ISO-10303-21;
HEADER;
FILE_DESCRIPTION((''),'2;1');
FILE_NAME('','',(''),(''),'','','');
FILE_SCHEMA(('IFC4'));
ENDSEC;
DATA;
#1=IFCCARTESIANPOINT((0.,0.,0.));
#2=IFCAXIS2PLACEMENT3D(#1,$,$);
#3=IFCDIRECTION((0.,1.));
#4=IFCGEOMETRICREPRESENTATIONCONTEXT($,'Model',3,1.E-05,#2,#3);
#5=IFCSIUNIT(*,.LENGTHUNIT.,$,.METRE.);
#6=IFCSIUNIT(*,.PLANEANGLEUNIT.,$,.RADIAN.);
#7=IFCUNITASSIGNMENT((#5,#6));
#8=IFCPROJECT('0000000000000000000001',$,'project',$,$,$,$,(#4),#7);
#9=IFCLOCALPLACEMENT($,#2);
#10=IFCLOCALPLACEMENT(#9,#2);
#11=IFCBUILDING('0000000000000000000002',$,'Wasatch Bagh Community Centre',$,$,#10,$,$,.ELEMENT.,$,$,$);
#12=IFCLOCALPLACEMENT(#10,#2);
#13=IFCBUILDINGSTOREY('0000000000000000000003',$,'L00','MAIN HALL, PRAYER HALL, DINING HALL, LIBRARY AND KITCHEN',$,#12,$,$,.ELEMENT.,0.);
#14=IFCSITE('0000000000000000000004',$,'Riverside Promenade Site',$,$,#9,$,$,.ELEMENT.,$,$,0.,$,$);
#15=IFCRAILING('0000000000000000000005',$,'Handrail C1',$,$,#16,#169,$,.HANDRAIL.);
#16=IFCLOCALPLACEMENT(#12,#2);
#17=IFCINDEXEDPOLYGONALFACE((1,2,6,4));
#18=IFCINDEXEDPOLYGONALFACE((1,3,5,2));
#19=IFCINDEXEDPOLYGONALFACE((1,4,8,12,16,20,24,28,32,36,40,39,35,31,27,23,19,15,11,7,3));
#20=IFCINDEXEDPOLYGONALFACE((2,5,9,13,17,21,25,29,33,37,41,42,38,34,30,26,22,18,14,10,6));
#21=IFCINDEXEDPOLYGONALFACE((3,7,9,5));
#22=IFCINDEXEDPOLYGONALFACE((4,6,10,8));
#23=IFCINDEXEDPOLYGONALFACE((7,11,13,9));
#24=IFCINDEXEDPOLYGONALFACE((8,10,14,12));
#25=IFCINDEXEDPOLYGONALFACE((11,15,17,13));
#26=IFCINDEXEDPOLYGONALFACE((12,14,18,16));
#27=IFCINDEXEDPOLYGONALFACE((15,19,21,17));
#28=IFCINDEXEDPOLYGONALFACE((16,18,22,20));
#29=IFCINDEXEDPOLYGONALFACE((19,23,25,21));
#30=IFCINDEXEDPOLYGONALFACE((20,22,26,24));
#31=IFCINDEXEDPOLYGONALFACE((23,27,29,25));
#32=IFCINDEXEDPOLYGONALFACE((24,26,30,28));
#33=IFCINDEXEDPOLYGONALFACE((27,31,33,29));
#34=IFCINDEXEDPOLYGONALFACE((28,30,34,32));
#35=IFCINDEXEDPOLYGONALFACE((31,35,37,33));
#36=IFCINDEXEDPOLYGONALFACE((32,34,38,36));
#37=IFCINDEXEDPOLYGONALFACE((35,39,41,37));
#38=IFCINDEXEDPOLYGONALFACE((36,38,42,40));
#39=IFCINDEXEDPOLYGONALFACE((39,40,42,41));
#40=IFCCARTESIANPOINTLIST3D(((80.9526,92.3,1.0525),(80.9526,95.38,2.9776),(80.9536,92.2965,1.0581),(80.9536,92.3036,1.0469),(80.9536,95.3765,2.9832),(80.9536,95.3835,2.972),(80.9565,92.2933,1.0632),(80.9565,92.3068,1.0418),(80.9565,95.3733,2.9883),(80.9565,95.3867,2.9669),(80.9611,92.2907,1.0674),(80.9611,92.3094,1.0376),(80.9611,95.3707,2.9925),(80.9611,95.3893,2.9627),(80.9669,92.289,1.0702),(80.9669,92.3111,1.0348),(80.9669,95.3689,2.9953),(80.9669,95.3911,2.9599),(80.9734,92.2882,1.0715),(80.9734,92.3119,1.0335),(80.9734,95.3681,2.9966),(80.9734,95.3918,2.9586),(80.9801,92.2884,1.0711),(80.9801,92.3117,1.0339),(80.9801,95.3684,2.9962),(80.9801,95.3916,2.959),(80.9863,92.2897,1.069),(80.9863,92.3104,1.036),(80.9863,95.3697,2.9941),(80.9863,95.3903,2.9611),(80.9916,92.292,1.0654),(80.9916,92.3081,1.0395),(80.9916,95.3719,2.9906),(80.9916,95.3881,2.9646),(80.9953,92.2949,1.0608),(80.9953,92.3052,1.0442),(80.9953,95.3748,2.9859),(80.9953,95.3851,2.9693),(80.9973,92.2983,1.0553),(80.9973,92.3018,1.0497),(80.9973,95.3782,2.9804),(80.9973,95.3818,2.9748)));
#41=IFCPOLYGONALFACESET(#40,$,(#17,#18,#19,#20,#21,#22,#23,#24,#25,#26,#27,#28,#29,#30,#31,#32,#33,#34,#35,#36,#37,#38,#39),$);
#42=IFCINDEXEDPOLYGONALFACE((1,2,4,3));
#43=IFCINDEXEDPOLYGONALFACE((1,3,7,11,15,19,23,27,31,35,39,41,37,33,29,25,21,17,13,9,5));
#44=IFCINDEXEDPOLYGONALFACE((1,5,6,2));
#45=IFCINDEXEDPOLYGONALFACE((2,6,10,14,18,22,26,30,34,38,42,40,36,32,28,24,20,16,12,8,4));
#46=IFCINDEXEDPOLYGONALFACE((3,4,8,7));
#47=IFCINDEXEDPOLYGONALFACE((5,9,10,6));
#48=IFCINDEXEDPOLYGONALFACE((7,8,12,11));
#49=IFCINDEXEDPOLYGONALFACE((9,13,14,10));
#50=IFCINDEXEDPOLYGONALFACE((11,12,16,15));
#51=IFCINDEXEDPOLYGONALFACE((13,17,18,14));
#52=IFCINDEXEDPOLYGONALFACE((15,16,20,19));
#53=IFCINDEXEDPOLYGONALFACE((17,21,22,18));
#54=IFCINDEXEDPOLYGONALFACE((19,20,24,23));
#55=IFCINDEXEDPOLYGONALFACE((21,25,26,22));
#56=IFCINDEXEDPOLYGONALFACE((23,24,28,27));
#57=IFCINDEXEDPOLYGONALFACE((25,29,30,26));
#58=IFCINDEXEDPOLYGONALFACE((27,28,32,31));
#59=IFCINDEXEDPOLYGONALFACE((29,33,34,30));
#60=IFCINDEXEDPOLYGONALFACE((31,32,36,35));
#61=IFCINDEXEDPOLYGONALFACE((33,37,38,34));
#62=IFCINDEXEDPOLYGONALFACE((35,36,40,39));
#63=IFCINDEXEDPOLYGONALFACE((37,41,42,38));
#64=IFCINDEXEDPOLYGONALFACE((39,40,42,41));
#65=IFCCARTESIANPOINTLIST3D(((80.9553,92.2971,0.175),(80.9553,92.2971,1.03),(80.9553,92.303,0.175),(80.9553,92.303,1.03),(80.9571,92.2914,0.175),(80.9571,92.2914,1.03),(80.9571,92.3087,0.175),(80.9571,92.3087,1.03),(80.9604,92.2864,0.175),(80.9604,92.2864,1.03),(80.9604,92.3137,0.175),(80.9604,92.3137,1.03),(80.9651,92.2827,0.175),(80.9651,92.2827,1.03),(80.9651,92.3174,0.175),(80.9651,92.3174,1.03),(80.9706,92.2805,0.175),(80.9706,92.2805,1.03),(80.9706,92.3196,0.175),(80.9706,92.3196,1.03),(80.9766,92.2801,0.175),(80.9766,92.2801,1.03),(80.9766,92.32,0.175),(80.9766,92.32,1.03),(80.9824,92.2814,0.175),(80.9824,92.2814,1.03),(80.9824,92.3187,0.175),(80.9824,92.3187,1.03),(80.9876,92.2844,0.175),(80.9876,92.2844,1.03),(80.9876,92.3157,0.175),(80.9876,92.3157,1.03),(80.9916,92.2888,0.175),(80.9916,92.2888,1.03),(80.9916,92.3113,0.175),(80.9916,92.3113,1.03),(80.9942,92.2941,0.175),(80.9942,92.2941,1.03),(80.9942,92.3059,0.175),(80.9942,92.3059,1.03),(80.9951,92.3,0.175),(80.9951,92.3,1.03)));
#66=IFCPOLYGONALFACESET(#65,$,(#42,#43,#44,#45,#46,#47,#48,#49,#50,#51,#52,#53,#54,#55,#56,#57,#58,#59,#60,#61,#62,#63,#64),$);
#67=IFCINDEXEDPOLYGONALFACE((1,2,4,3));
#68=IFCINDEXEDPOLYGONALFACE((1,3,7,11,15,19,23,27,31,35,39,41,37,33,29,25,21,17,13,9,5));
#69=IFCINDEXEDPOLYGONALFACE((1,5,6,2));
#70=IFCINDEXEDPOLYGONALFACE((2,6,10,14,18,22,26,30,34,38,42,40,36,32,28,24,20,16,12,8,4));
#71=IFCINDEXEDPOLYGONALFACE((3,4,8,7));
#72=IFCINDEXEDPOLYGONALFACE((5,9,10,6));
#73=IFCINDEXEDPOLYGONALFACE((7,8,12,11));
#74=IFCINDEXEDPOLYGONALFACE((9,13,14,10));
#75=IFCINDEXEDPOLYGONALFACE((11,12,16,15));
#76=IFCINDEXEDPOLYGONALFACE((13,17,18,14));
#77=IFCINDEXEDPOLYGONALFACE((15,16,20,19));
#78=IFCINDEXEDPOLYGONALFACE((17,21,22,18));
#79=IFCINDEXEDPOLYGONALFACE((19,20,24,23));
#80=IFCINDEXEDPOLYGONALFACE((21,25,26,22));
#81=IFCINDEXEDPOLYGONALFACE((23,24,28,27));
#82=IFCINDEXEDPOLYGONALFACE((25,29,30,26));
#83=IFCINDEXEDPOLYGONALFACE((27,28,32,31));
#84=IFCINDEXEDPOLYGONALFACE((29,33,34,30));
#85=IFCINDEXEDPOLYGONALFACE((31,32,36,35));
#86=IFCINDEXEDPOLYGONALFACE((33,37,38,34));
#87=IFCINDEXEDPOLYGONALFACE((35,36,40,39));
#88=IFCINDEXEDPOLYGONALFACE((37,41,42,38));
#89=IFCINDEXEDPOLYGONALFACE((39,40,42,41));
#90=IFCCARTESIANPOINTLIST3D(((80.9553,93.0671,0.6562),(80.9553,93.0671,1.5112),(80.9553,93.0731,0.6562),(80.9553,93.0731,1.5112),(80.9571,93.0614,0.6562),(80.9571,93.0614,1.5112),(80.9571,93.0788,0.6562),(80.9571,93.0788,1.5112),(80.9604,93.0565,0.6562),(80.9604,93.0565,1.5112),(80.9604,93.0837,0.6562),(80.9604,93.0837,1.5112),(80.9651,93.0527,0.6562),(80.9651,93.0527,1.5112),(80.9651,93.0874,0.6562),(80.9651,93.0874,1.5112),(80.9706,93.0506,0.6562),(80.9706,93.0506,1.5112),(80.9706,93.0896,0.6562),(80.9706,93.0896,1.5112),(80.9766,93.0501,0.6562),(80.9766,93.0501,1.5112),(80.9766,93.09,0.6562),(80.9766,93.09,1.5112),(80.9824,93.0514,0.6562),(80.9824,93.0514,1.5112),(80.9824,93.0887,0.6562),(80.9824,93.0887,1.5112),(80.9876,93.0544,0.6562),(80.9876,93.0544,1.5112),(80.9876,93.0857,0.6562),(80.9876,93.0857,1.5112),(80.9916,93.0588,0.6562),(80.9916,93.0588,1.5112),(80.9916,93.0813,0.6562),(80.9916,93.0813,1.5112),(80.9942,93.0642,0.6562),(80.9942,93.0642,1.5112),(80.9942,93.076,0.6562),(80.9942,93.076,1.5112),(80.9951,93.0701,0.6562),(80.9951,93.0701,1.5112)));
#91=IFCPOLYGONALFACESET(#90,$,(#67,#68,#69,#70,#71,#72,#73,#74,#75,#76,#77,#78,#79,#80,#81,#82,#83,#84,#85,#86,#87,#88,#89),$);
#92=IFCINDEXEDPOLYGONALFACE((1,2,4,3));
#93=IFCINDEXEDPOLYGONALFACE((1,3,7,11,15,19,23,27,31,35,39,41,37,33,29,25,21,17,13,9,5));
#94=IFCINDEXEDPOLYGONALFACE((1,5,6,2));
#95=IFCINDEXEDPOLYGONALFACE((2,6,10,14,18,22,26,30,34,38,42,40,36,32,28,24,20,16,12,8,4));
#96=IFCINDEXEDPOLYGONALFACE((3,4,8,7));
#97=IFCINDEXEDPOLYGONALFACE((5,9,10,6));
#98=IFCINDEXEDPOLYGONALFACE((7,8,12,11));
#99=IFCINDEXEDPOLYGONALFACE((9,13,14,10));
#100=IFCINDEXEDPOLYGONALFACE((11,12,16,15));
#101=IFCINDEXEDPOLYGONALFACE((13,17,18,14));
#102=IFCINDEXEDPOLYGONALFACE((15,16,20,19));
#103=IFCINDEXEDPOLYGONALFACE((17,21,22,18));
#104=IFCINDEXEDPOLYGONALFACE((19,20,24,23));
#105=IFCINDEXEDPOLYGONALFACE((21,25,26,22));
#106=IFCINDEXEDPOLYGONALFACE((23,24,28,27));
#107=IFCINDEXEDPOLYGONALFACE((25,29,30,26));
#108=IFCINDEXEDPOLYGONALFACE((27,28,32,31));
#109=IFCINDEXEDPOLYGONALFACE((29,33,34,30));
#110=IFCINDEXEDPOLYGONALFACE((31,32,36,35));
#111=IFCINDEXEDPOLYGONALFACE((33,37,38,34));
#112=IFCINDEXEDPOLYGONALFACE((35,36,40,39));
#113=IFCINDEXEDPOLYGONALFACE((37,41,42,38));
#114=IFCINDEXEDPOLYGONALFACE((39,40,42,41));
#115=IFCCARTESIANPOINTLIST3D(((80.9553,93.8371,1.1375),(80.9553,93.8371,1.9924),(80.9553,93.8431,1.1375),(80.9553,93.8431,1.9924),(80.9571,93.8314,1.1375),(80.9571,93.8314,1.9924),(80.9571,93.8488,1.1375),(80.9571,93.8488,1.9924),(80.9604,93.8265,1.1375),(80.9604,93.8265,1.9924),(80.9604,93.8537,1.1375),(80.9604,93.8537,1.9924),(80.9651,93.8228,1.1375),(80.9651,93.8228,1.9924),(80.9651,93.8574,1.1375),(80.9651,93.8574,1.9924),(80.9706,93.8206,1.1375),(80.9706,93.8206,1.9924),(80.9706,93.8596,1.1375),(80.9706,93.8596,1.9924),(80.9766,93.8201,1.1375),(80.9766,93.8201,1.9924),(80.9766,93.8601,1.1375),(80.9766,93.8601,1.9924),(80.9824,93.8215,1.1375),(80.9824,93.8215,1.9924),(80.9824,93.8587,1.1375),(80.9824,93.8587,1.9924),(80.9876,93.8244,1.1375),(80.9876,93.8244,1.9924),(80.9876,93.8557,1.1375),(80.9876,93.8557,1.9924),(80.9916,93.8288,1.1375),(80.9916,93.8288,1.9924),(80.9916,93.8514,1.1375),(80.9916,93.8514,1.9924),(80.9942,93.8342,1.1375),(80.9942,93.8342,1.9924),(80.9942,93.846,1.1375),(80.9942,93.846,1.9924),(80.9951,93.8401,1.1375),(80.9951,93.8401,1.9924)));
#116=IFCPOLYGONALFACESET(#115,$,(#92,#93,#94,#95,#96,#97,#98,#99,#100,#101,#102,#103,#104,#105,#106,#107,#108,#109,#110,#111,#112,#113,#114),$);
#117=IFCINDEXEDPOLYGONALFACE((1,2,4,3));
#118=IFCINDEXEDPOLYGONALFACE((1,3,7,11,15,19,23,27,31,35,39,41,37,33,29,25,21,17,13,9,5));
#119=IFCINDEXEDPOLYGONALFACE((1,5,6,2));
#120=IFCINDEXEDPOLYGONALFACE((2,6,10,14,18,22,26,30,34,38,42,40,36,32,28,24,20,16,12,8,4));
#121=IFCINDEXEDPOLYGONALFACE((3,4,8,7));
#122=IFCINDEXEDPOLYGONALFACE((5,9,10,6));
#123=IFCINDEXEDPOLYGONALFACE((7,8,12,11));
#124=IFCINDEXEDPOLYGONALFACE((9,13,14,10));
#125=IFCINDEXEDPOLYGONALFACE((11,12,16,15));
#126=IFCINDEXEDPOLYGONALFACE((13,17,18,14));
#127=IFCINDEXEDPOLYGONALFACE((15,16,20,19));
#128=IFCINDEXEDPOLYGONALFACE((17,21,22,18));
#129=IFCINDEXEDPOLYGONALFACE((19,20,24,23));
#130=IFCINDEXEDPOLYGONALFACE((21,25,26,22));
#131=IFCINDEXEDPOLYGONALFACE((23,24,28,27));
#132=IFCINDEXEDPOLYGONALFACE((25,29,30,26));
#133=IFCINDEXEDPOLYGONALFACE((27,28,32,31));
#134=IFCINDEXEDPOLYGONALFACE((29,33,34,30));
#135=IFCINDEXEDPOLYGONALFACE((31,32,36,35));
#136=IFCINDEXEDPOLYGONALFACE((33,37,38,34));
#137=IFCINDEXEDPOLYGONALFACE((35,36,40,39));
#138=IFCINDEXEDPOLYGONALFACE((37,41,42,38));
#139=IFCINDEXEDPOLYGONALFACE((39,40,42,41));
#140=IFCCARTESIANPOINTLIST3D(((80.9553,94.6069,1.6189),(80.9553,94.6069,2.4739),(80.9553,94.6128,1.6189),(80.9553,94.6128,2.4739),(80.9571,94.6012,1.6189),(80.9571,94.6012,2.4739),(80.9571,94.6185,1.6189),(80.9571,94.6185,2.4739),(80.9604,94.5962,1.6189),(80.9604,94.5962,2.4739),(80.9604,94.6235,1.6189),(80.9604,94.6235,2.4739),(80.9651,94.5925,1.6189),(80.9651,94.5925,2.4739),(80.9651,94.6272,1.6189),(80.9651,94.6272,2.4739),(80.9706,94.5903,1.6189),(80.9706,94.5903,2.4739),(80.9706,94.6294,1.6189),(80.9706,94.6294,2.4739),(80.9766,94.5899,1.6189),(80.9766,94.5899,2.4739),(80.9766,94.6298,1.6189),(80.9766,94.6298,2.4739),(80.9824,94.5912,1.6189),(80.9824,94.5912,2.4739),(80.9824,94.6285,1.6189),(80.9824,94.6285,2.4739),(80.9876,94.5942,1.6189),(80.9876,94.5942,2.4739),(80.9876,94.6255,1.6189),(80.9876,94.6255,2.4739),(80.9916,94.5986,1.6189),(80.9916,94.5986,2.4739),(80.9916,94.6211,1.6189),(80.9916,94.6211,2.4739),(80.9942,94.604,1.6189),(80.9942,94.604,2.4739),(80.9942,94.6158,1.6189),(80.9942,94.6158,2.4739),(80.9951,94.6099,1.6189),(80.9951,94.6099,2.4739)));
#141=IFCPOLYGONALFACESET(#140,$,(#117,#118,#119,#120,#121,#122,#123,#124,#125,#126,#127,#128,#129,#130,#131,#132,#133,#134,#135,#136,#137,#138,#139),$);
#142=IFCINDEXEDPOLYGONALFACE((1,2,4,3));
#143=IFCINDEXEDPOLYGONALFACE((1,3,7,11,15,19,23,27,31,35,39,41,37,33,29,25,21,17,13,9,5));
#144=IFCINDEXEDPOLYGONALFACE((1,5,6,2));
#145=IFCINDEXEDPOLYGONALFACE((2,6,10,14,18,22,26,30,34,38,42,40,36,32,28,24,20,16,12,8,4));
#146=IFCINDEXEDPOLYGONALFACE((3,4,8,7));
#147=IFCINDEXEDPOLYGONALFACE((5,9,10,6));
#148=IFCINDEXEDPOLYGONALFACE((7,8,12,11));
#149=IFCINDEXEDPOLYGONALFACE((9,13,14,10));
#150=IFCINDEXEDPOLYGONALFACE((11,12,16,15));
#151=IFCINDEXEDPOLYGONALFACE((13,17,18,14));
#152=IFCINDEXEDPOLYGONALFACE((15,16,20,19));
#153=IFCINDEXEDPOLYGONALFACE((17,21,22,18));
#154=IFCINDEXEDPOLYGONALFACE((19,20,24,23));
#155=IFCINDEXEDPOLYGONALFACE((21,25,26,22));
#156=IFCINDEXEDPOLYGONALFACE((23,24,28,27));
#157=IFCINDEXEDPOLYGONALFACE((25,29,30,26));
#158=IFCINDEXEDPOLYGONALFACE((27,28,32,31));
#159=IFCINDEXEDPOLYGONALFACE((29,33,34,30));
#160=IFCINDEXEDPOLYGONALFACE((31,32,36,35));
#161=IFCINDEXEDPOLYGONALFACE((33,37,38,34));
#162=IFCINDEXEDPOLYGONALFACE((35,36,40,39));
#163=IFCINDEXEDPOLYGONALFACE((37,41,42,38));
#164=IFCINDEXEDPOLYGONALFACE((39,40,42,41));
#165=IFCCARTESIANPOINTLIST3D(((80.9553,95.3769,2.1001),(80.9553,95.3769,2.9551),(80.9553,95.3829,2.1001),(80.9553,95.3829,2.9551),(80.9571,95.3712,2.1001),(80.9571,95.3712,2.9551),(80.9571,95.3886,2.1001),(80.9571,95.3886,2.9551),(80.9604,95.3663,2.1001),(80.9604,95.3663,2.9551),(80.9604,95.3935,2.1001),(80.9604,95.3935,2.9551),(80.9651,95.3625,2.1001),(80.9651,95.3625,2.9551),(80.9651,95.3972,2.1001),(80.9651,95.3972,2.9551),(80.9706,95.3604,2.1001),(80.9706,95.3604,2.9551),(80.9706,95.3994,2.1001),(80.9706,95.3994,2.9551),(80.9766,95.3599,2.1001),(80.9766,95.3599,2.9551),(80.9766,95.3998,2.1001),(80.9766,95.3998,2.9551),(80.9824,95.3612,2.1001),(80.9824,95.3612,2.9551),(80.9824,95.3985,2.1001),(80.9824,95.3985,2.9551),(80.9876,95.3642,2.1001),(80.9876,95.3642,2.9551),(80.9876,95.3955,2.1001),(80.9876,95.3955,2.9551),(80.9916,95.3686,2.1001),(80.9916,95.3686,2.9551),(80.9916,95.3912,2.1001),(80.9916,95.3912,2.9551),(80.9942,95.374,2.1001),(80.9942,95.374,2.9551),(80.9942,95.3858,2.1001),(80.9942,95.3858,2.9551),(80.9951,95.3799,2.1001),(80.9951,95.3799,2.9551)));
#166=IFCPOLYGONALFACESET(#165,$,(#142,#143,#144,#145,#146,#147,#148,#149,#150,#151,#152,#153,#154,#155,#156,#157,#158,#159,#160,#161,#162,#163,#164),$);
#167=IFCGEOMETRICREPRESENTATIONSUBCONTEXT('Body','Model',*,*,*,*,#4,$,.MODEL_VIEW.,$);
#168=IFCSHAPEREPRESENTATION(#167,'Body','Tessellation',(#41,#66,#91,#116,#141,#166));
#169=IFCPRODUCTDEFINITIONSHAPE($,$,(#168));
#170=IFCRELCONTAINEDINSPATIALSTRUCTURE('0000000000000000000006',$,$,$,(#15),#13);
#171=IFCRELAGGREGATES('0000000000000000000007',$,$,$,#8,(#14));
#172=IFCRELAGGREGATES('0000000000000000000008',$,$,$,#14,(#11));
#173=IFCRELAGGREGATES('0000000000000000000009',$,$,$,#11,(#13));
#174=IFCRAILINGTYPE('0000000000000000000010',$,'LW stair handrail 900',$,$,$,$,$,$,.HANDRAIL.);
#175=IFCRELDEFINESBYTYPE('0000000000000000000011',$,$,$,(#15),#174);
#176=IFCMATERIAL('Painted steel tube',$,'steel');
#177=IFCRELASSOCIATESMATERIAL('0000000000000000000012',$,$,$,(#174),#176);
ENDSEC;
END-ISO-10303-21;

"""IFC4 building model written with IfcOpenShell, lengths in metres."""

from ifc_helpers import new_model, si_unit, direction, frame, origin, origin_2d, place, context, subcontext, project, spatial, circle, extrude, material, type_object, element, save


model = new_model("IFC4")

# Units and contexts
model_context = context("Model", 3, precision=1e-05, world=origin(), true_north=direction((0.0, 1.0)))
body_context = subcontext(model_context, "Body", "Model", "MODEL_VIEW")
ifc_project = project(units=[si_unit("LENGTHUNIT", "METRE"), si_unit("PLANEANGLEUNIT", "RADIAN")], contexts=[model_context])

# Site, building, storey
site_placement = place(None, origin())
site = spatial("IfcSite", under=ifc_project, at=site_placement, Name="Riverside Promenade Site", CompositionType="ELEMENT", RefElevation=0.0)
building_placement = place(site_placement, origin())
building = spatial("IfcBuilding", under=site, at=building_placement, Name="Wasatch Bagh Community Centre", CompositionType="ELEMENT")
storey_placement = place(building_placement, origin())
storey = spatial("IfcBuildingStorey", under=building, at=storey_placement, Name="L00", Description="MAIN HALL, PRAYER HALL, DINING HALL, LIBRARY AND KITCHEN", CompositionType="ELEMENT", Elevation=0.0)

# Railing
ifc_material_1 = material(Name="Painted steel tube", Category="steel")
railing_type_1 = type_object("IfcRailingType", Name="LW stair handrail 900", PredefinedType="HANDRAIL", material=ifc_material_1)
for number, where, name in (
    (1, (80.9751, 92.3, 0.175), "Handrail C1"),
):
    element("IfcRailing", number, at=place(storey_placement, frame(where)), inside=storey, type_object=railing_type_1, Name=name, PredefinedType="HANDRAIL", context=body_context, shape_type="SweptSolid", body=[
        extrude(circle(Radius=0.0225, at=origin_2d()), frame((0.0, 0.0, 0.8774), z_axis=(0.0, 0.847979, 0.530029), x_axis=(-1.0, 0.0, 0.0)), (0.0, 0.0, 1.0), 3.6321),
        extrude(circle(Radius=0.02, at=origin_2d()), origin(), (0.0, 0.0, 1.0), 0.855),
        extrude(circle(Radius=0.02, at=origin_2d()), frame((0.0, 0.77, 0.4812)), (0.0, 0.0, 1.0), 0.855),
        extrude(circle(Radius=0.02, at=origin_2d()), frame((0.0, 1.54, 0.9624)), (0.0, 0.0, 1.0), 0.855),
        extrude(circle(Radius=0.02, at=origin_2d()), frame((0.0, 2.3098, 1.4438)), (0.0, 0.0, 1.0), 0.855),
        extrude(circle(Radius=0.02, at=origin_2d()), frame((0.0, 3.0798, 1.925)), (0.0, 0.0, 1.0), 0.855),
    ])

save(model, "model.ifc")
